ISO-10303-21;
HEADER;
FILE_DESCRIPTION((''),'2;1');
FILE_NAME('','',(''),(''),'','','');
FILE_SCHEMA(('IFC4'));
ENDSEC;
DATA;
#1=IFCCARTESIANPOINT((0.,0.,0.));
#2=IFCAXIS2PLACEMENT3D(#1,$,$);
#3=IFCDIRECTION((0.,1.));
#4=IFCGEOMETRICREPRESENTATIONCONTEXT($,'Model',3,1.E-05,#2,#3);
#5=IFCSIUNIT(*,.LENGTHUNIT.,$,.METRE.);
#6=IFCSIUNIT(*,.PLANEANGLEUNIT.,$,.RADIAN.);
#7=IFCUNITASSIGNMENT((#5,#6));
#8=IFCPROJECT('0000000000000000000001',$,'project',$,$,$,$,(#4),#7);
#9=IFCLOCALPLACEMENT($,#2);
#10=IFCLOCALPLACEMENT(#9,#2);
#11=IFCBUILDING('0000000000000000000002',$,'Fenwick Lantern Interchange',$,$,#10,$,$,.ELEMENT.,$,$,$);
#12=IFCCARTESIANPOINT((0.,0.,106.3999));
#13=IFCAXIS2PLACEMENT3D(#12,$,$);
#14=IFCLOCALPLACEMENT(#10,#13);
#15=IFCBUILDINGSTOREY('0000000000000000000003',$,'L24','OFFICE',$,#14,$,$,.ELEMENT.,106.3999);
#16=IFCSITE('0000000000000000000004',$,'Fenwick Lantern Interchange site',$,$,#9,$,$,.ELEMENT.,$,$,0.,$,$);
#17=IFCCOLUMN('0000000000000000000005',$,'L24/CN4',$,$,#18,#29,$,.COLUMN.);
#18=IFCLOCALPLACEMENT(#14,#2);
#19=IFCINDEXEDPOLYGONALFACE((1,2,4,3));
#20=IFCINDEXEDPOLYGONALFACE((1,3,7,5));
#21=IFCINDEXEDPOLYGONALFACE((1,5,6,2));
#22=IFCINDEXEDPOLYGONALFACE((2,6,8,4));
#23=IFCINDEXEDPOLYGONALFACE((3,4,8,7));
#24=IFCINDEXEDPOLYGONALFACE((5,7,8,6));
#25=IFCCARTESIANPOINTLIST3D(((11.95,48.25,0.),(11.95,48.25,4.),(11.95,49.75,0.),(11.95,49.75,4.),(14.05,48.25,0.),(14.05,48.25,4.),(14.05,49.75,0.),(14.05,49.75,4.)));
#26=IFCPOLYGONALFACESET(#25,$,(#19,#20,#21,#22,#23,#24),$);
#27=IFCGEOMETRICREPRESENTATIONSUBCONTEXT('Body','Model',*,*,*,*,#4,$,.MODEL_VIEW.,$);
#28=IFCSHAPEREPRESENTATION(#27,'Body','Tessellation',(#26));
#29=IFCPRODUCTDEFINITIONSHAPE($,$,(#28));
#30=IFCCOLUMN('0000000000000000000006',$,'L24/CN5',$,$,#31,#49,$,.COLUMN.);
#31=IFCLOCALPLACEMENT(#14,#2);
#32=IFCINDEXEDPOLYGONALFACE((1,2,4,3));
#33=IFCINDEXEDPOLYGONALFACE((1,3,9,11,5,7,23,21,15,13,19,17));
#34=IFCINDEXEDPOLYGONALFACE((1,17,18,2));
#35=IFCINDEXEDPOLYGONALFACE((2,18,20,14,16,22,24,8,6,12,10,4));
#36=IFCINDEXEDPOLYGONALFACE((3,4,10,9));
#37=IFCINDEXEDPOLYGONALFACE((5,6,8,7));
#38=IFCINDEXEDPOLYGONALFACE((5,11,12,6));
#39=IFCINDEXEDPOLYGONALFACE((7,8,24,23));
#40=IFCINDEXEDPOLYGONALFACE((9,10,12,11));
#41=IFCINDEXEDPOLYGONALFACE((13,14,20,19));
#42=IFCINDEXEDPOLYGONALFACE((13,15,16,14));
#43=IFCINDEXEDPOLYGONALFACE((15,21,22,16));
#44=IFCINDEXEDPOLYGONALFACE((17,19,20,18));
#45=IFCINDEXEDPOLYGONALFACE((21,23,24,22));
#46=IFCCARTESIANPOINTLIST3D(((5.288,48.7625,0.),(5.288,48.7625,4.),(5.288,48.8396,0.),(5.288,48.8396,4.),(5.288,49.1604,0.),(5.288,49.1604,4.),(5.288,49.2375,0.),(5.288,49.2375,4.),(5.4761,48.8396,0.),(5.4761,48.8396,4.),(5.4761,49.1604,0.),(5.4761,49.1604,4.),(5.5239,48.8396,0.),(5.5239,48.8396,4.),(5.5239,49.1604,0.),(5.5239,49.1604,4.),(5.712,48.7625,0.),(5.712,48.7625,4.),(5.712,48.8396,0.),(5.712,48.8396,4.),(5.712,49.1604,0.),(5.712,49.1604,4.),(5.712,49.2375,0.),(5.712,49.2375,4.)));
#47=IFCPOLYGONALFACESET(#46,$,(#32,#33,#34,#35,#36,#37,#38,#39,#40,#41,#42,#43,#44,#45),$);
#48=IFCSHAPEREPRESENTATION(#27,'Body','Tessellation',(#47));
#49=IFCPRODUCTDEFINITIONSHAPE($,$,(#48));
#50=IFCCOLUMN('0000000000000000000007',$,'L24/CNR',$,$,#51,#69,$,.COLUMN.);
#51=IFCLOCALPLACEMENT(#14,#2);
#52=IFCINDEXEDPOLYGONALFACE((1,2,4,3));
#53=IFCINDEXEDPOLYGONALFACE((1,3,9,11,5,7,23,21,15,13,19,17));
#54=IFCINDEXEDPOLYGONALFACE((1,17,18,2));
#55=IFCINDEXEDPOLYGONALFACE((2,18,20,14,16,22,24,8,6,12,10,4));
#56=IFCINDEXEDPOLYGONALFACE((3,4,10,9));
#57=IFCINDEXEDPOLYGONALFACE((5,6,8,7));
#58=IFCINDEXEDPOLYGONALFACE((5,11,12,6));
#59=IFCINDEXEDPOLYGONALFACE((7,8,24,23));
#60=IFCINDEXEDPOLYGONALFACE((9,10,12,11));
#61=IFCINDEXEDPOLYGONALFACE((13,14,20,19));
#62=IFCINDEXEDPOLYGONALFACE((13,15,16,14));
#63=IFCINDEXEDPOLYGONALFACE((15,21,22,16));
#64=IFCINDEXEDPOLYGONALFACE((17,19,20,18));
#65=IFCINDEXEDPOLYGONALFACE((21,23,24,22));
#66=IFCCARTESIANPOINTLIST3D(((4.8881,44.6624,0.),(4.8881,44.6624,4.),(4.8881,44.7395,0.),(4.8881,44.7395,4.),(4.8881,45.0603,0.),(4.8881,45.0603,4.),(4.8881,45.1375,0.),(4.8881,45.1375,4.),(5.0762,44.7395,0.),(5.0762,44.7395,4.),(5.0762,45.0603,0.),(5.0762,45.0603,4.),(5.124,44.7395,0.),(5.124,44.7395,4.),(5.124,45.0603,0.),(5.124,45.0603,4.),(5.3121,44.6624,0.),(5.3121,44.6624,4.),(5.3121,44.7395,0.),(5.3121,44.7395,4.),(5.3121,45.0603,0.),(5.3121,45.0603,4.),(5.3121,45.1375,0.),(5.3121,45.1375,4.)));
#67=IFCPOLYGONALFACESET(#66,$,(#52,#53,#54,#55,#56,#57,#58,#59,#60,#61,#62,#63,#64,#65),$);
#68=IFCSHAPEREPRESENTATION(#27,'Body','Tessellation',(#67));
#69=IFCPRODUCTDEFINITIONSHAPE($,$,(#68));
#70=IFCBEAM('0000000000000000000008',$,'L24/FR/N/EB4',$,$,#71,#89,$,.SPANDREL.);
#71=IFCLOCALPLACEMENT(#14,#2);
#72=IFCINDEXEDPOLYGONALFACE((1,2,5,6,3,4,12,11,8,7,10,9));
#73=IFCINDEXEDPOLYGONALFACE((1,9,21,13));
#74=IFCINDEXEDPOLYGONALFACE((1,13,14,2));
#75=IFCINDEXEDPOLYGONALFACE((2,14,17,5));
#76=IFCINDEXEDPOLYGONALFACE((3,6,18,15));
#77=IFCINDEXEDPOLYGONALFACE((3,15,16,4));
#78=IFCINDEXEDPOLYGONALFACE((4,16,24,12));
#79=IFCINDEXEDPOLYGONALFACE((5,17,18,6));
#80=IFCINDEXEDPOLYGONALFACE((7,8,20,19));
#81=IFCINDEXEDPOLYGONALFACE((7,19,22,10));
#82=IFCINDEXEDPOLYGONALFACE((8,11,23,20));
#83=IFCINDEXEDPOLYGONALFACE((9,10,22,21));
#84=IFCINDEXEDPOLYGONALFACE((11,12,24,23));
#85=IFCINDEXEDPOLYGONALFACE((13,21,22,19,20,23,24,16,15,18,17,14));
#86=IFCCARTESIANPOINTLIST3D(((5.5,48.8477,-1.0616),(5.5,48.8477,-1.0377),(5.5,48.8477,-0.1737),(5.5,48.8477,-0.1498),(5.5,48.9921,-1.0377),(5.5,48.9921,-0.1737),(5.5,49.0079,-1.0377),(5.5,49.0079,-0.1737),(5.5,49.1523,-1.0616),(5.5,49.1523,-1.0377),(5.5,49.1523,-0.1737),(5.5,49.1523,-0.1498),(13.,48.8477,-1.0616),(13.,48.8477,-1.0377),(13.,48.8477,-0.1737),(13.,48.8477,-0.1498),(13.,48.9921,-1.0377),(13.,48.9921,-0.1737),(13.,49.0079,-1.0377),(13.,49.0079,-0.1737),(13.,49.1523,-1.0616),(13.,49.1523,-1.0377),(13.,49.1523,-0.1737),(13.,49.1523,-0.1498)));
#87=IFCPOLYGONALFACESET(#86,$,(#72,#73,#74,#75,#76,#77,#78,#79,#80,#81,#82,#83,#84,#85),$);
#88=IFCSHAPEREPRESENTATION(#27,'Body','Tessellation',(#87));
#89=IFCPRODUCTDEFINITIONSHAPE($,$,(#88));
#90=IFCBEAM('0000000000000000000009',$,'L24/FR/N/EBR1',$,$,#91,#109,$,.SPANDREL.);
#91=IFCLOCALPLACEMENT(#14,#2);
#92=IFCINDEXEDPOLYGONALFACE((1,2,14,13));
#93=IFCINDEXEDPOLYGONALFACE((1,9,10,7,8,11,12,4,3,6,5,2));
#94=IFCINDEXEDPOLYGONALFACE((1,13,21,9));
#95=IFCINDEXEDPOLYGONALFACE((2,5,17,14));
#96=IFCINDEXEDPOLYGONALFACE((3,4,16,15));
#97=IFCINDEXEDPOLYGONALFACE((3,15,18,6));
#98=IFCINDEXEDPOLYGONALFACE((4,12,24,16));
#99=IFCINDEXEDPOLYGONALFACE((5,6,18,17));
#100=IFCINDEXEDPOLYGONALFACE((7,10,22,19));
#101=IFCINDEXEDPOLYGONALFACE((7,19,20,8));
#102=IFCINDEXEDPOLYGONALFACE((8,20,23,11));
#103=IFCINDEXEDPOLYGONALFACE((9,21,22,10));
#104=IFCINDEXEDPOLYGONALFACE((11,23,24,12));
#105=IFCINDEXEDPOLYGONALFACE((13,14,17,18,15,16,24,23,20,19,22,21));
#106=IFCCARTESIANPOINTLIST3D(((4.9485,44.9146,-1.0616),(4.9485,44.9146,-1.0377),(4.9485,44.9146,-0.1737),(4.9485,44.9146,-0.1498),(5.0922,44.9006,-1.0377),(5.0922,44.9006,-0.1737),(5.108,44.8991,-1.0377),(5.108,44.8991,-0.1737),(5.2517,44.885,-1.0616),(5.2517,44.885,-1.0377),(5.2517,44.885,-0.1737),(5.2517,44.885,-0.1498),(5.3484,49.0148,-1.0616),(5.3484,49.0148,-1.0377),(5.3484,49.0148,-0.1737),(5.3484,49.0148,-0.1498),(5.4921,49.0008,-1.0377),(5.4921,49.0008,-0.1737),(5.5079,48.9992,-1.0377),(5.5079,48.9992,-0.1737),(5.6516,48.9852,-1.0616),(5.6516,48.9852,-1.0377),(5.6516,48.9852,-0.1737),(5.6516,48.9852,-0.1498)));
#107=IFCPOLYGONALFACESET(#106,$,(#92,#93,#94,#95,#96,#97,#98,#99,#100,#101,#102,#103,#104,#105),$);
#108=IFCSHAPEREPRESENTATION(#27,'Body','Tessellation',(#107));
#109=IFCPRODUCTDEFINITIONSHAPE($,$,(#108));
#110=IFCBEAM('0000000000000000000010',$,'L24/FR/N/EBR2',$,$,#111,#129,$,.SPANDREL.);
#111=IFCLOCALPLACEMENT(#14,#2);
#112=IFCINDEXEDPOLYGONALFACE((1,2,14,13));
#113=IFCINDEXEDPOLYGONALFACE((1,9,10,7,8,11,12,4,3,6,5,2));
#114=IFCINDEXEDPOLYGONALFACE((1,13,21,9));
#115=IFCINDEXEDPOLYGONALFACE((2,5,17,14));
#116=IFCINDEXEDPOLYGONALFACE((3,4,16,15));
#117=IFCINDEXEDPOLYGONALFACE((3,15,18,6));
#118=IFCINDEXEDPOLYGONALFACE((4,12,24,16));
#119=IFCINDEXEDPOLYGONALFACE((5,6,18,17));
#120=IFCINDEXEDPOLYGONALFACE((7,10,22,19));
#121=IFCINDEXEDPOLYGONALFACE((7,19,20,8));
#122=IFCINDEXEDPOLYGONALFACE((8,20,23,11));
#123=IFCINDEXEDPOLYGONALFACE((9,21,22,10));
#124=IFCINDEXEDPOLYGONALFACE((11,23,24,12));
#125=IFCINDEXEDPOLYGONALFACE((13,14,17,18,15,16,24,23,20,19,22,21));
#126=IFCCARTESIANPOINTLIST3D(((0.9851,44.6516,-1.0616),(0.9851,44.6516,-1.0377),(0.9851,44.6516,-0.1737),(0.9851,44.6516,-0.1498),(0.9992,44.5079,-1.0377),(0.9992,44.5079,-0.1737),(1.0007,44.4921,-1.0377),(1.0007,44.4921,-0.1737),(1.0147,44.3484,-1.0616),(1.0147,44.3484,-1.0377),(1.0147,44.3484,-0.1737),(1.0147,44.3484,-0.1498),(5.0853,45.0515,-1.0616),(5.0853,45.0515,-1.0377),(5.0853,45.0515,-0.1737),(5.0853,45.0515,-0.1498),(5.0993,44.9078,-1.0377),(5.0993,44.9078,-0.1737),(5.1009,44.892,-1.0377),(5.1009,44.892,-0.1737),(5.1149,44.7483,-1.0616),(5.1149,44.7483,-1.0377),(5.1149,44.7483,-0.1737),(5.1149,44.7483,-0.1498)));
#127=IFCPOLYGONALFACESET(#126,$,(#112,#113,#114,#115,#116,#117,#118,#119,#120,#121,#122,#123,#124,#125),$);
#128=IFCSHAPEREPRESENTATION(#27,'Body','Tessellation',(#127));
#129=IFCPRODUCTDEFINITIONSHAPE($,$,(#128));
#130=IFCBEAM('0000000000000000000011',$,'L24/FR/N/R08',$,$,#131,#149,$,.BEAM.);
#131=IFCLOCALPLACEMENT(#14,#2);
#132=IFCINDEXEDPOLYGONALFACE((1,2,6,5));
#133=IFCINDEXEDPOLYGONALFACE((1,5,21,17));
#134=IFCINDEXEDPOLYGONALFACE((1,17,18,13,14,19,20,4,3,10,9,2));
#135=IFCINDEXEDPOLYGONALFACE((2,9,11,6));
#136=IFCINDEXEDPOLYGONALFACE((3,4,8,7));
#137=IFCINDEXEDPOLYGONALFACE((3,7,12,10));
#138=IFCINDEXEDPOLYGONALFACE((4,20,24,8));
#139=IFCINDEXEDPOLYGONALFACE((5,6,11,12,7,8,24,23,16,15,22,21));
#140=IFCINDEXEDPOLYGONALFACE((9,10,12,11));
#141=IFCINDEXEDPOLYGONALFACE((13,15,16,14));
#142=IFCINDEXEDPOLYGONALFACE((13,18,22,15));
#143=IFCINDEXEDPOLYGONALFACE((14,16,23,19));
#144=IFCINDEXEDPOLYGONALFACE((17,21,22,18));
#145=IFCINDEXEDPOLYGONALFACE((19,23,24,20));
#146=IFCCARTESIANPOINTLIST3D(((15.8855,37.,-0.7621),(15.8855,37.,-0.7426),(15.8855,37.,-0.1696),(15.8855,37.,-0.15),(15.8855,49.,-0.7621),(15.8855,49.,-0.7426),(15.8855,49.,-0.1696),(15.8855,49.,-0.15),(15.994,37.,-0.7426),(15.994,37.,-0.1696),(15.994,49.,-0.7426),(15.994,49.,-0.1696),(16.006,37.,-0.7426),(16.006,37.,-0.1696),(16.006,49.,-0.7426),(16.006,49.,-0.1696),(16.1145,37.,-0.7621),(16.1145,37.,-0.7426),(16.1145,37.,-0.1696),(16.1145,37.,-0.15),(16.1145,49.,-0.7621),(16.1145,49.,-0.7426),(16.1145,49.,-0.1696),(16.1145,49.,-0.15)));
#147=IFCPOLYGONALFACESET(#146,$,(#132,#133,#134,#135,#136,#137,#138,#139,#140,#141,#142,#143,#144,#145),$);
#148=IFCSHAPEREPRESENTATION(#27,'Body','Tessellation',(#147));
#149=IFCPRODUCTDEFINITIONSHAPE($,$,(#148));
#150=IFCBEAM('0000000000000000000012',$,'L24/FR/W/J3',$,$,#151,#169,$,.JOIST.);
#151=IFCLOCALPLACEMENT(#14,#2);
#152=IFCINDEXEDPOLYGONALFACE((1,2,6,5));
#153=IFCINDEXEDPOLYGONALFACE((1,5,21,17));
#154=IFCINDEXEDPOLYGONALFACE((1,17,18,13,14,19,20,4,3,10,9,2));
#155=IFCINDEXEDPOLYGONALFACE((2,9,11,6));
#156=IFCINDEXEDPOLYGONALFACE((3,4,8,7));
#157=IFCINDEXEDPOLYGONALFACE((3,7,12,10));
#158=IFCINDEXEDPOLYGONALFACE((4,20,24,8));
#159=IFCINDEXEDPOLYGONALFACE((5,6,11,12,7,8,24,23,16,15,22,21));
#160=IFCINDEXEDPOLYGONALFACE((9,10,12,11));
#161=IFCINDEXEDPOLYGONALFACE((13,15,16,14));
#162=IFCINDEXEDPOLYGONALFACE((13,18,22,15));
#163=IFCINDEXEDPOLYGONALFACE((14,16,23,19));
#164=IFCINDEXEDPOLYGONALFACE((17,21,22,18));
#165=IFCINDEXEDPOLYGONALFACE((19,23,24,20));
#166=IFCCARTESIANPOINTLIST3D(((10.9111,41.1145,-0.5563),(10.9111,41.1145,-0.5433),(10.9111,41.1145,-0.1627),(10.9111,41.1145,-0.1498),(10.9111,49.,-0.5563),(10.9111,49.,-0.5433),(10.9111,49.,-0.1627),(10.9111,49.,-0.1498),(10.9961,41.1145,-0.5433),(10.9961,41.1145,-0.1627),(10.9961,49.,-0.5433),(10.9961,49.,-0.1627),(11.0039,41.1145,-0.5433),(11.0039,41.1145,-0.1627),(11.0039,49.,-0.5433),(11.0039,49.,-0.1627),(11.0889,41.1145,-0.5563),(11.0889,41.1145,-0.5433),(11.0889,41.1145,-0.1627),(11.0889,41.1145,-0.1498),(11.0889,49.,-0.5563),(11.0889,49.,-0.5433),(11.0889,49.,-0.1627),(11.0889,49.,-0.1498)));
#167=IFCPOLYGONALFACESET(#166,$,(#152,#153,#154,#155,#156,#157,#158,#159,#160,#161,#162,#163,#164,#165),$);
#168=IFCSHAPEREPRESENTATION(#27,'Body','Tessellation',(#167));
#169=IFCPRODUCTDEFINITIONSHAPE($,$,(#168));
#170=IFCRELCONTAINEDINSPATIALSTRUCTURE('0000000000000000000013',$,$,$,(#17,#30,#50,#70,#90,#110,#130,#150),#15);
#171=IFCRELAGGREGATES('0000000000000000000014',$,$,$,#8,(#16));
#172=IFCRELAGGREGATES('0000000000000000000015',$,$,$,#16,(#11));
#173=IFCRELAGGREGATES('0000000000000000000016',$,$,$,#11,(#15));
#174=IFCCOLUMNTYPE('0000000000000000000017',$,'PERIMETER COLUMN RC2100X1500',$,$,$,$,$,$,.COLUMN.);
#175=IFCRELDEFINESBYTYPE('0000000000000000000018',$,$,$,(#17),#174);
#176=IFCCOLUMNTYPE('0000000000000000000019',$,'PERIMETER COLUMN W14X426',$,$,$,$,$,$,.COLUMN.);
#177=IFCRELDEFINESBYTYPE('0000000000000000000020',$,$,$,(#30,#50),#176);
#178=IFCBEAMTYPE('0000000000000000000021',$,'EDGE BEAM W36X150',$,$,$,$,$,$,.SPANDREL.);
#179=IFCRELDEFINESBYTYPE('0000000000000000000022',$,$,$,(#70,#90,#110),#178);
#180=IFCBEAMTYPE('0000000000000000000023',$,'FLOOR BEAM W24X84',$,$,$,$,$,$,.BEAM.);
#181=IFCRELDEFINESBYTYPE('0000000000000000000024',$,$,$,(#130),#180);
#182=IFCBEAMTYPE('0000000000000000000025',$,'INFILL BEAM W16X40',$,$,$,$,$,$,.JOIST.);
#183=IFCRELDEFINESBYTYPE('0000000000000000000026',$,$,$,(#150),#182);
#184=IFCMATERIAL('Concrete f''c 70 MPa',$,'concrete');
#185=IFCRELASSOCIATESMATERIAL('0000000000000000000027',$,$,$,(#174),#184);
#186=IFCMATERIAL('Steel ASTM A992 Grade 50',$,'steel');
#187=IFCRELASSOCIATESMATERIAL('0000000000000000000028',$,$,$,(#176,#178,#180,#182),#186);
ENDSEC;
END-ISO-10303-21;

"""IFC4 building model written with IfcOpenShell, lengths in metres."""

from ifc_helpers import new_model, si_unit, direction, frame, origin, origin_2d, place, context, subcontext, project, spatial, rectangle, i_section, extrude, material, material_profile, profile_set, type_object, element, save


model = new_model("IFC4")

# Units and contexts
model_context = context("Model", 3, precision=1e-05, world=origin(), true_north=direction((0.0, 1.0)))
body_context = subcontext(model_context, "Body", "Model", "MODEL_VIEW")
ifc_project = project(units=[si_unit("LENGTHUNIT", "METRE"), si_unit("PLANEANGLEUNIT", "RADIAN")], contexts=[model_context])

# Site, building, storey
site_placement = place(None, origin())
site = spatial("IfcSite", under=ifc_project, at=site_placement, Name="Fenwick Lantern Interchange site", CompositionType="ELEMENT", RefElevation=0.0)
building_placement = place(site_placement, origin())
building = spatial("IfcBuilding", under=site, at=building_placement, Name="Fenwick Lantern Interchange", CompositionType="ELEMENT")
storey_placement = place(building_placement, frame((0.0, 0.0, 106.3999)))
storey = spatial("IfcBuildingStorey", under=building, at=storey_placement, Name="L24", Description="OFFICE", CompositionType="ELEMENT", Elevation=106.3999)

# Columns
ifc_material_1 = material(Name="Concrete f'c 70 MPa", Category="concrete")
ifc_material_profile_1 = material_profile(ifc_material_1, rectangle(XDim=2.1001, YDim=1.5, at=origin_2d()), Name="RC2100X1500")
ifc_profile_set_1 = profile_set([ifc_material_profile_1], Name="Concrete f'c 70 MPa")
column_type_1 = type_object("IfcColumnType", Name="PERIMETER COLUMN RC2100X1500", PredefinedType="COLUMN", material=ifc_profile_set_1)
column_placement = place(storey_placement, frame((13.0, 49.0, 0.0), z_axis=(0.0, 0.0, 1.0), x_axis=(1.0, 0.0, 0.0)))
element("IfcColumn", 1, at=column_placement, inside=storey, type_object=column_type_1, Name="L24/CN4", PredefinedType="COLUMN", context=body_context, shape_type="SweptSolid", body=[
    extrude(rectangle(XDim=2.1001, YDim=1.5, at=origin_2d()), origin(), (0.0, 0.0, 1.0), 4.0),
])
ifc_material_2 = material(Name="Steel ASTM A992 Grade 50", Category="steel")
ifc_material_profile_2 = material_profile(ifc_material_2, i_section(OverallWidth=0.4241, OverallDepth=0.4751, WebThickness=0.0479, FlangeThickness=0.0771, at=origin_2d()), Name="W14X426")
ifc_profile_set_2 = profile_set([ifc_material_profile_2], Name="Steel ASTM A992 Grade 50")
column_type_2 = type_object("IfcColumnType", Name="PERIMETER COLUMN W14X426", PredefinedType="COLUMN", material=ifc_profile_set_2)
for number, where, z_axis, x_axis, name in (
    (2, (5.5, 49.0, 0.0), (0.0, 0.0, 1.0), (1.0, 0.0, 0.0), "L24/CN5"),
    (3, (5.1001, 44.8999, 0.0), (0.0, 0.0, 1.0), (1.0, 0.0, 0.0), "L24/CNR"),
):
    element("IfcColumn", number, at=place(storey_placement, frame(where, z_axis=z_axis, x_axis=x_axis)), inside=storey, type_object=column_type_2, Name=name, PredefinedType="COLUMN", context=body_context, shape_type="SweptSolid", body=[
        extrude(i_section(OverallWidth=0.4241, OverallDepth=0.4751, WebThickness=0.0479, FlangeThickness=0.0771, at=origin_2d()), origin(), (0.0, 0.0, 1.0), 4.0),
    ])

# Beams
ifc_material_profile_3 = material_profile(ifc_material_2, i_section(OverallWidth=0.3047, OverallDepth=0.9119, WebThickness=0.0159, FlangeThickness=0.0239, at=origin_2d()), Name="W36X150")
ifc_profile_set_3 = profile_set([ifc_material_profile_3], Name="Steel ASTM A992 Grade 50")
beam_type_1 = type_object("IfcBeamType", Name="EDGE BEAM W36X150", PredefinedType="SPANDREL", material=ifc_profile_set_3)
beam_1_placement = place(storey_placement, frame((13.0, 49.0, -0.6057), z_axis=(-1.0, 0.0, 0.0), x_axis=(0.0, -1.0, 0.0)))
element("IfcBeam", 4, at=beam_1_placement, inside=storey, type_object=beam_type_1, Name="L24/FR/N/EB4", PredefinedType="SPANDREL", context=body_context, shape_type="SweptSolid", body=[
    extrude(i_section(OverallWidth=0.3047, OverallDepth=0.9119, WebThickness=0.0159, FlangeThickness=0.0239, at=origin_2d()), origin(), (0.0, 0.0, 1.0), 7.5),
])
for number, where, z_axis, x_axis, name in (
    (5, (5.5, 49.0, -0.6057), (-0.097074, -0.995277, 0.0), (0.995277, -0.097074, 0.0), "L24/FR/N/EBR1"),
    (6, (5.1001, 44.8999, -0.6057), (-0.995277, -0.097074, 0.0), (0.097074, -0.995277, 0.0), "L24/FR/N/EBR2"),
):
    element("IfcBeam", number, at=place(storey_placement, frame(where, z_axis=z_axis, x_axis=x_axis)), inside=storey, type_object=beam_type_1, Name=name, PredefinedType="SPANDREL", context=body_context, shape_type="SweptSolid", body=[
        extrude(i_section(OverallWidth=0.3047, OverallDepth=0.9119, WebThickness=0.0159, FlangeThickness=0.0239, at=origin_2d()), origin(), (0.0, 0.0, 1.0), 4.1196),
    ])
ifc_material_profile_4 = material_profile(ifc_material_2, i_section(OverallWidth=0.229, OverallDepth=0.6121, WebThickness=0.012, FlangeThickness=0.0195, at=origin_2d()), Name="W24X84")
ifc_profile_set_4 = profile_set([ifc_material_profile_4], Name="Steel ASTM A992 Grade 50")
beam_type_2 = type_object("IfcBeamType", Name="FLOOR BEAM W24X84", PredefinedType="BEAM", material=ifc_profile_set_4)
beam_2_placement = place(storey_placement, frame((16.0, 49.0, -0.4561), z_axis=(0.0, -1.0, 0.0), x_axis=(1.0, 0.0, 0.0)))
element("IfcBeam", 7, at=beam_2_placement, inside=storey, type_object=beam_type_2, Name="L24/FR/N/R08", PredefinedType="BEAM", context=body_context, shape_type="SweptSolid", body=[
    extrude(i_section(OverallWidth=0.229, OverallDepth=0.6121, WebThickness=0.012, FlangeThickness=0.0195, at=origin_2d()), origin(), (0.0, 0.0, 1.0), 12.0),
])
ifc_material_profile_5 = material_profile(ifc_material_2, i_section(OverallWidth=0.1777, OverallDepth=0.4065, WebThickness=0.0078, FlangeThickness=0.0129, at=origin_2d()), Name="W16X40")
ifc_profile_set_5 = profile_set([ifc_material_profile_5], Name="Steel ASTM A992 Grade 50")
beam_type_3 = type_object("IfcBeamType", Name="INFILL BEAM W16X40", PredefinedType="JOIST", material=ifc_profile_set_5)
beam_3_placement = place(storey_placement, frame((11.0, 49.0, -0.353), z_axis=(0.0, -1.0, 0.0), x_axis=(1.0, 0.0, 0.0)))
element("IfcBeam", 8, at=beam_3_placement, inside=storey, type_object=beam_type_3, Name="L24/FR/W/J3", PredefinedType="JOIST", context=body_context, shape_type="SweptSolid", body=[
    extrude(i_section(OverallWidth=0.1777, OverallDepth=0.4065, WebThickness=0.0078, FlangeThickness=0.0129, at=origin_2d()), origin(), (0.0, 0.0, 1.0), 7.8855),
])

save(model, "model.ifc")
